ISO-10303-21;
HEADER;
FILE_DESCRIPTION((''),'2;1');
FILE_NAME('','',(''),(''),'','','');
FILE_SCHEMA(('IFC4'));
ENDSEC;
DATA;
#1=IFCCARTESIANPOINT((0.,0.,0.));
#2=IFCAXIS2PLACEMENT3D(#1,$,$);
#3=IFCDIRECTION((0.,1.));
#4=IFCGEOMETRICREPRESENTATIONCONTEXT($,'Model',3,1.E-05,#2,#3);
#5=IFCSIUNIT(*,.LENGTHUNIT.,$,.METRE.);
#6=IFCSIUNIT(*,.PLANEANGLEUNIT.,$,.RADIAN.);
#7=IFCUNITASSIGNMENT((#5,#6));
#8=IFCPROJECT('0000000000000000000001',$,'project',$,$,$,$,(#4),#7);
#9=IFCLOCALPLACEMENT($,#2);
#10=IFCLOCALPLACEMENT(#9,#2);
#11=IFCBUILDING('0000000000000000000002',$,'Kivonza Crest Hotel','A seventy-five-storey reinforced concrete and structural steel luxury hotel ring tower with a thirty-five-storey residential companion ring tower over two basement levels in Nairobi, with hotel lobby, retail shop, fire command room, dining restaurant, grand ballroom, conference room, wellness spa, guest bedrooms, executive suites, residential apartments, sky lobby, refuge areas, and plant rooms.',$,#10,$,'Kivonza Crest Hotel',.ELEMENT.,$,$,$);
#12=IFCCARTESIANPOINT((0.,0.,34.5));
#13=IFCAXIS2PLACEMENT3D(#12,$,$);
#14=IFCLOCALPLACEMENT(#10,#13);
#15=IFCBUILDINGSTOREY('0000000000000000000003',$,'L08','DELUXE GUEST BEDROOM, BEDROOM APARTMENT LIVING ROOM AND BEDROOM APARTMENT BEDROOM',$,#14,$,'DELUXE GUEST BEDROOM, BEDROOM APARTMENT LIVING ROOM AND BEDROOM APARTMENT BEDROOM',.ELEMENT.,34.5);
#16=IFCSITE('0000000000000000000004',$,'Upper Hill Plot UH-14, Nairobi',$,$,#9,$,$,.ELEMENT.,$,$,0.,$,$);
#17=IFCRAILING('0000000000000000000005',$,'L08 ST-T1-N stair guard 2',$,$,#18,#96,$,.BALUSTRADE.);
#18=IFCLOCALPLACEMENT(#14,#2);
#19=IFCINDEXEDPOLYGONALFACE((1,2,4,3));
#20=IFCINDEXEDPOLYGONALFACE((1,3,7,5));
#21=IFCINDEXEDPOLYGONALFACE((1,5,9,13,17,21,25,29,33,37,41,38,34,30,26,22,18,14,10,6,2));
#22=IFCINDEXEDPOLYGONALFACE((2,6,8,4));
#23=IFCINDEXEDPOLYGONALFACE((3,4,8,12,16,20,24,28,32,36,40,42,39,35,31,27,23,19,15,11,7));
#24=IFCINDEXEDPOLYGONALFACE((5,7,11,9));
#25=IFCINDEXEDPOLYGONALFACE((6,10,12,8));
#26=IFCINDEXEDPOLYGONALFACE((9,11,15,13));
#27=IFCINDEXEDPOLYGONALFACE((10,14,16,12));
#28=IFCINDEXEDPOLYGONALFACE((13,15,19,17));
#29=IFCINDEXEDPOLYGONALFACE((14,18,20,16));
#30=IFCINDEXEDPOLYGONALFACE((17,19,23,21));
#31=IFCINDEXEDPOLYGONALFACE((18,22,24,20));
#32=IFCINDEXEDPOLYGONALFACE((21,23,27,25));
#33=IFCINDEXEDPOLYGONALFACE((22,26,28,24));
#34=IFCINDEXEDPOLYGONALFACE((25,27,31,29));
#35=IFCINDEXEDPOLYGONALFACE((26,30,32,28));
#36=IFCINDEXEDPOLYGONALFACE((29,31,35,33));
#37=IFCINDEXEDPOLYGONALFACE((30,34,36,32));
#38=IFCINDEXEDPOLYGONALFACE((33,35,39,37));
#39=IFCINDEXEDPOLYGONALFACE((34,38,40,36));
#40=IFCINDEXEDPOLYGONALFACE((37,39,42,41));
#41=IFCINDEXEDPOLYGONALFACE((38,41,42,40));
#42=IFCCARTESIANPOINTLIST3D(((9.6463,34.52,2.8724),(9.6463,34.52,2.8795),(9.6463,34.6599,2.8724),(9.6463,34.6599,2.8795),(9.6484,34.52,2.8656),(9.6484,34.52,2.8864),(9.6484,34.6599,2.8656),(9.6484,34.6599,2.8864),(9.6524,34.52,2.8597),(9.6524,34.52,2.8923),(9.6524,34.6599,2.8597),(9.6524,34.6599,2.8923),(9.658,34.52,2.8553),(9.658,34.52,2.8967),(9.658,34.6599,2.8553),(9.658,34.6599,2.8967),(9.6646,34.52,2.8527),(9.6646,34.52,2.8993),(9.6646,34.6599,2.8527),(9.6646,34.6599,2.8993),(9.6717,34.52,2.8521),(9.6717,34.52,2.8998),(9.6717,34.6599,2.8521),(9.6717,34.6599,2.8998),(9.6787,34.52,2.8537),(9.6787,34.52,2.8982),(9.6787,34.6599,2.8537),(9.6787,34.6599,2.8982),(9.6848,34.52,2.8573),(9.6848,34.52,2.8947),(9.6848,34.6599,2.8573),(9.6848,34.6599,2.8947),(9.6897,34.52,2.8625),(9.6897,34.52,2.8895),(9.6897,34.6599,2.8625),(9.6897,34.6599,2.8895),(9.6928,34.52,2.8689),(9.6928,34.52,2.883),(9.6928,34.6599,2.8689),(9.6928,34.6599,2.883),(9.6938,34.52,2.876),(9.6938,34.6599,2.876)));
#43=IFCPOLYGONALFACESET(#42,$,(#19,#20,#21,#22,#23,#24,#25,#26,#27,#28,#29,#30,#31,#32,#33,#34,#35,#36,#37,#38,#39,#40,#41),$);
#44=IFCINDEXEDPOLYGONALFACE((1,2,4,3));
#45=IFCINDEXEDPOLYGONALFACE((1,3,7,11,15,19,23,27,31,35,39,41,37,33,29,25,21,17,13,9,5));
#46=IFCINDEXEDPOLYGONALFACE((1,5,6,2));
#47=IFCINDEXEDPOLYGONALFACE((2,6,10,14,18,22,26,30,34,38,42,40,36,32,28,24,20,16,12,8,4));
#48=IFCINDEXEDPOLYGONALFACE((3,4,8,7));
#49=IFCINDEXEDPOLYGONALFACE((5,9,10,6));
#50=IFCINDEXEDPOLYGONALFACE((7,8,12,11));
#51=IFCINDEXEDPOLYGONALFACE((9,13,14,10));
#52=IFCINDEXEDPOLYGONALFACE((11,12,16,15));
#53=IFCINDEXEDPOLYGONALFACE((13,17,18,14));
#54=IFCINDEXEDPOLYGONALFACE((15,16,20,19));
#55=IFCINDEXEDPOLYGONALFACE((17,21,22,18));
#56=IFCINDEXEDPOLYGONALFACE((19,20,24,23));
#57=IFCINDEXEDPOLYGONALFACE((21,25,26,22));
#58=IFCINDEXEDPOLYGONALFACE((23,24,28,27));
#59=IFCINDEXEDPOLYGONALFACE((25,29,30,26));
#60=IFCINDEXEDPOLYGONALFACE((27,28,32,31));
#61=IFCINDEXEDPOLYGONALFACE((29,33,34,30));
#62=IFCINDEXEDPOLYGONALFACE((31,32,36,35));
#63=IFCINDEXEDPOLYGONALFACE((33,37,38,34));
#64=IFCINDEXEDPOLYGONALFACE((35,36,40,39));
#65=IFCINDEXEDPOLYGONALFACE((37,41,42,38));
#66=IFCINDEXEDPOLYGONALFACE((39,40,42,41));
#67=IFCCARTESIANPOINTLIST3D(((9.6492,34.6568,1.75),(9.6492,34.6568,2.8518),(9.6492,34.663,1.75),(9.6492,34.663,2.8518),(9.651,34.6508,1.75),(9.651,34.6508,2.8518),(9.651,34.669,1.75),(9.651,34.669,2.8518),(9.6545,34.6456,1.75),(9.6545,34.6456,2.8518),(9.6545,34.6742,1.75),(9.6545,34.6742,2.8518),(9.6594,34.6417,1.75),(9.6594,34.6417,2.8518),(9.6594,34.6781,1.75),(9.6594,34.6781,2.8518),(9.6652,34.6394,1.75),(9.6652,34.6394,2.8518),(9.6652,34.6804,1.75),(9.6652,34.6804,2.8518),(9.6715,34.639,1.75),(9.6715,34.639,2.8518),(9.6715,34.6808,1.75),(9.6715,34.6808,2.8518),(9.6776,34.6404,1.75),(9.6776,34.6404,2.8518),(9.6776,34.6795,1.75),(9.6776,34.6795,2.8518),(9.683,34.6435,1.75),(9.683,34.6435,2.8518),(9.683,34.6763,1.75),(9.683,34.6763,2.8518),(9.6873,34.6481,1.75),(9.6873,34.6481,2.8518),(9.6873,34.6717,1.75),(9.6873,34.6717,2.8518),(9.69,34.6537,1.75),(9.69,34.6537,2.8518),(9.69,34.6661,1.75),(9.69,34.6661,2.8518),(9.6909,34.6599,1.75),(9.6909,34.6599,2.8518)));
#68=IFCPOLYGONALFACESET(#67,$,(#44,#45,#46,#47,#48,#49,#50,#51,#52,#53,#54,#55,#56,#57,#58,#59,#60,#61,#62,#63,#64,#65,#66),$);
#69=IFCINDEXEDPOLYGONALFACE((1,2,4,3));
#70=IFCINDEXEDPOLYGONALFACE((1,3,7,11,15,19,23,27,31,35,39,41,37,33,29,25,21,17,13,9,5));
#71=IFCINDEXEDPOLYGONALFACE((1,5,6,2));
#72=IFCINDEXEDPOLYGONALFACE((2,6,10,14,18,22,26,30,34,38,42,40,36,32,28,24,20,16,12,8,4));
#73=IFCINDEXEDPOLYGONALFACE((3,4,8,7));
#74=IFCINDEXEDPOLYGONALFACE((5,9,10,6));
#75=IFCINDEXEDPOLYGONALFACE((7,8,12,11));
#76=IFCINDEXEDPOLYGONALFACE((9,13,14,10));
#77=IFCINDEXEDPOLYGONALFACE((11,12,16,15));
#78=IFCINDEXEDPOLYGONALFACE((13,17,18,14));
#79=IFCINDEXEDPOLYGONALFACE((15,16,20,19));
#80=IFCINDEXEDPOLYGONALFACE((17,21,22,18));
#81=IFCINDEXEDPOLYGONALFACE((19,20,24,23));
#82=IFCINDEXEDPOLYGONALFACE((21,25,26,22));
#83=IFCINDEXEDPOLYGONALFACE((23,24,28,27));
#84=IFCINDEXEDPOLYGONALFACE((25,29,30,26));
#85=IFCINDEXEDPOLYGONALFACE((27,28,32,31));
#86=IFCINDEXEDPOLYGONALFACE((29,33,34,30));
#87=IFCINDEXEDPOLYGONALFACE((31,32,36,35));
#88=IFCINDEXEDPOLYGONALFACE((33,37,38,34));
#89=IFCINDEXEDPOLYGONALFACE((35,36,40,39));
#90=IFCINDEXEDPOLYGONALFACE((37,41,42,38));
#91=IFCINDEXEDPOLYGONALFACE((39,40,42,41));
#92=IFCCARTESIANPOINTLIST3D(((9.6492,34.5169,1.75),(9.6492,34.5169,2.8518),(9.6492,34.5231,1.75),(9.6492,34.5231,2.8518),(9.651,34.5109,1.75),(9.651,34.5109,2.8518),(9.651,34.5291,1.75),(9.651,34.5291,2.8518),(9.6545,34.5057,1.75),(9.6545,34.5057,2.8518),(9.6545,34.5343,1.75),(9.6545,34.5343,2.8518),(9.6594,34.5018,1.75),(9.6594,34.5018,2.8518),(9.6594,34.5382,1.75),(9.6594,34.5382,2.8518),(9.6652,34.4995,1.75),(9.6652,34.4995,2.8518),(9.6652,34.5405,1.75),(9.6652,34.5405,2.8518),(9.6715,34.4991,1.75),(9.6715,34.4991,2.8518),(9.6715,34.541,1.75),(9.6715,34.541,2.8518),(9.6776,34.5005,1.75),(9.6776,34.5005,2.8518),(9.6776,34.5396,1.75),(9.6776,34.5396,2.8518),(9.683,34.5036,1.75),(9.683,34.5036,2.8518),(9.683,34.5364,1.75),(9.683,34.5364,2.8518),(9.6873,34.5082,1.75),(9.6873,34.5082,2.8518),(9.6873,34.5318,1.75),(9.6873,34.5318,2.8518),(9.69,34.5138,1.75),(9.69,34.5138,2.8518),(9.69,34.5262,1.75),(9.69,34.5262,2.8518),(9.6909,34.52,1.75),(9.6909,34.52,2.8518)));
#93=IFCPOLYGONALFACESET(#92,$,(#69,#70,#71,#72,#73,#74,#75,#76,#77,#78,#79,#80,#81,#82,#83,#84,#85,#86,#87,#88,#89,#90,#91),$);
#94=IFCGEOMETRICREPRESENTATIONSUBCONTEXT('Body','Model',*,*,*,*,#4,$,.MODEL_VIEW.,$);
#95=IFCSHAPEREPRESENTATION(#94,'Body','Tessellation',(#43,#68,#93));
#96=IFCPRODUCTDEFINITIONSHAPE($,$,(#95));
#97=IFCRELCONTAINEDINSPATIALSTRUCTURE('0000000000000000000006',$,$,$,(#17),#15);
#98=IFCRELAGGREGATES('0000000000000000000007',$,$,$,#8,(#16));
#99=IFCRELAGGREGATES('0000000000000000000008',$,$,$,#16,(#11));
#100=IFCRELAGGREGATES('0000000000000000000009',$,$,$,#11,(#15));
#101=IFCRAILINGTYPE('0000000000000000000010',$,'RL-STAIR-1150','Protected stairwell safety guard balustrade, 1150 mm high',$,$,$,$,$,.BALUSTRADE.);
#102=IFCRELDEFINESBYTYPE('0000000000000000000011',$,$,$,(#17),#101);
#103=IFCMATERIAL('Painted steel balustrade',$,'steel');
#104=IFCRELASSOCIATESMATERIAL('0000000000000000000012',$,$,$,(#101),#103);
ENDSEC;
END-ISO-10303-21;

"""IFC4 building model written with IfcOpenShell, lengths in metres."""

from ifc_helpers import new_model, si_unit, direction, frame, origin, origin_2d, place, context, subcontext, project, spatial, circle, extrude, material, type_object, element, save


model = new_model("IFC4")

# Units and contexts
model_context = context("Model", 3, precision=1e-05, world=origin(), true_north=direction((0.0, 1.0)))
body_context = subcontext(model_context, "Body", "Model", "MODEL_VIEW")
ifc_project = project(units=[si_unit("LENGTHUNIT", "METRE"), si_unit("PLANEANGLEUNIT", "RADIAN")], contexts=[model_context])

# Site, building, storey
site_placement = place(None, origin())
site = spatial("IfcSite", under=ifc_project, at=site_placement, Name="Upper Hill Plot UH-14, Nairobi", CompositionType="ELEMENT", RefElevation=0.0)
building_placement = place(site_placement, origin())
building = spatial("IfcBuilding", under=site, at=building_placement, Name="Kivonza Crest Hotel", Description="A seventy-five-storey reinforced concrete and structural steel luxury hotel ring tower with a thirty-five-storey residential companion ring tower over two basement levels in Nairobi, with hotel lobby, retail shop, fire command room, dining restaurant, grand ballroom, conference room, wellness spa, guest bedrooms, executive suites, residential apartments, sky lobby, refuge areas, and plant rooms.", LongName="Kivonza Crest Hotel", CompositionType="ELEMENT")
storey_placement = place(building_placement, frame((0.0, 0.0, 34.5)))
storey = spatial("IfcBuildingStorey", under=building, at=storey_placement, Name="L08", Description="DELUXE GUEST BEDROOM, BEDROOM APARTMENT LIVING ROOM AND BEDROOM APARTMENT BEDROOM", LongName="DELUXE GUEST BEDROOM, BEDROOM APARTMENT LIVING ROOM AND BEDROOM APARTMENT BEDROOM", CompositionType="ELEMENT", Elevation=34.5)

# Railing
ifc_material_1 = material(Name="Painted steel balustrade", Category="steel")
railing_type_1 = type_object("IfcRailingType", Name="RL-STAIR-1150", Description="Protected stairwell safety guard balustrade, 1150 mm high", PredefinedType="BALUSTRADE", material=ifc_material_1)
railing_1_placement = place(storey_placement, frame((9.6699, 34.6599, 1.75)))
element("IfcRailing", 1, at=railing_1_placement, inside=storey, type_object=railing_type_1, Name="L08 ST-T1-N stair guard 2", PredefinedType="BALUSTRADE", context=body_context, shape_type="SweptSolid", body=[
    extrude(circle(Radius=0.0239, at=origin_2d()), frame((0.0, 0.0, 1.126), z_axis=(0.0, -1.0, 0.0), x_axis=(1.0, 0.0, 0.0)), (0.0, 0.0, 1.0), 0.1399),
    extrude(circle(Radius=0.021, at=origin_2d()), origin(), (0.0, 0.0, 1.0), 1.1018),
    extrude(circle(Radius=0.021, at=origin_2d()), frame((0.0, -0.1399, 0.0)), (0.0, 0.0, 1.0), 1.1018),
])

save(model, "model.ifc")
